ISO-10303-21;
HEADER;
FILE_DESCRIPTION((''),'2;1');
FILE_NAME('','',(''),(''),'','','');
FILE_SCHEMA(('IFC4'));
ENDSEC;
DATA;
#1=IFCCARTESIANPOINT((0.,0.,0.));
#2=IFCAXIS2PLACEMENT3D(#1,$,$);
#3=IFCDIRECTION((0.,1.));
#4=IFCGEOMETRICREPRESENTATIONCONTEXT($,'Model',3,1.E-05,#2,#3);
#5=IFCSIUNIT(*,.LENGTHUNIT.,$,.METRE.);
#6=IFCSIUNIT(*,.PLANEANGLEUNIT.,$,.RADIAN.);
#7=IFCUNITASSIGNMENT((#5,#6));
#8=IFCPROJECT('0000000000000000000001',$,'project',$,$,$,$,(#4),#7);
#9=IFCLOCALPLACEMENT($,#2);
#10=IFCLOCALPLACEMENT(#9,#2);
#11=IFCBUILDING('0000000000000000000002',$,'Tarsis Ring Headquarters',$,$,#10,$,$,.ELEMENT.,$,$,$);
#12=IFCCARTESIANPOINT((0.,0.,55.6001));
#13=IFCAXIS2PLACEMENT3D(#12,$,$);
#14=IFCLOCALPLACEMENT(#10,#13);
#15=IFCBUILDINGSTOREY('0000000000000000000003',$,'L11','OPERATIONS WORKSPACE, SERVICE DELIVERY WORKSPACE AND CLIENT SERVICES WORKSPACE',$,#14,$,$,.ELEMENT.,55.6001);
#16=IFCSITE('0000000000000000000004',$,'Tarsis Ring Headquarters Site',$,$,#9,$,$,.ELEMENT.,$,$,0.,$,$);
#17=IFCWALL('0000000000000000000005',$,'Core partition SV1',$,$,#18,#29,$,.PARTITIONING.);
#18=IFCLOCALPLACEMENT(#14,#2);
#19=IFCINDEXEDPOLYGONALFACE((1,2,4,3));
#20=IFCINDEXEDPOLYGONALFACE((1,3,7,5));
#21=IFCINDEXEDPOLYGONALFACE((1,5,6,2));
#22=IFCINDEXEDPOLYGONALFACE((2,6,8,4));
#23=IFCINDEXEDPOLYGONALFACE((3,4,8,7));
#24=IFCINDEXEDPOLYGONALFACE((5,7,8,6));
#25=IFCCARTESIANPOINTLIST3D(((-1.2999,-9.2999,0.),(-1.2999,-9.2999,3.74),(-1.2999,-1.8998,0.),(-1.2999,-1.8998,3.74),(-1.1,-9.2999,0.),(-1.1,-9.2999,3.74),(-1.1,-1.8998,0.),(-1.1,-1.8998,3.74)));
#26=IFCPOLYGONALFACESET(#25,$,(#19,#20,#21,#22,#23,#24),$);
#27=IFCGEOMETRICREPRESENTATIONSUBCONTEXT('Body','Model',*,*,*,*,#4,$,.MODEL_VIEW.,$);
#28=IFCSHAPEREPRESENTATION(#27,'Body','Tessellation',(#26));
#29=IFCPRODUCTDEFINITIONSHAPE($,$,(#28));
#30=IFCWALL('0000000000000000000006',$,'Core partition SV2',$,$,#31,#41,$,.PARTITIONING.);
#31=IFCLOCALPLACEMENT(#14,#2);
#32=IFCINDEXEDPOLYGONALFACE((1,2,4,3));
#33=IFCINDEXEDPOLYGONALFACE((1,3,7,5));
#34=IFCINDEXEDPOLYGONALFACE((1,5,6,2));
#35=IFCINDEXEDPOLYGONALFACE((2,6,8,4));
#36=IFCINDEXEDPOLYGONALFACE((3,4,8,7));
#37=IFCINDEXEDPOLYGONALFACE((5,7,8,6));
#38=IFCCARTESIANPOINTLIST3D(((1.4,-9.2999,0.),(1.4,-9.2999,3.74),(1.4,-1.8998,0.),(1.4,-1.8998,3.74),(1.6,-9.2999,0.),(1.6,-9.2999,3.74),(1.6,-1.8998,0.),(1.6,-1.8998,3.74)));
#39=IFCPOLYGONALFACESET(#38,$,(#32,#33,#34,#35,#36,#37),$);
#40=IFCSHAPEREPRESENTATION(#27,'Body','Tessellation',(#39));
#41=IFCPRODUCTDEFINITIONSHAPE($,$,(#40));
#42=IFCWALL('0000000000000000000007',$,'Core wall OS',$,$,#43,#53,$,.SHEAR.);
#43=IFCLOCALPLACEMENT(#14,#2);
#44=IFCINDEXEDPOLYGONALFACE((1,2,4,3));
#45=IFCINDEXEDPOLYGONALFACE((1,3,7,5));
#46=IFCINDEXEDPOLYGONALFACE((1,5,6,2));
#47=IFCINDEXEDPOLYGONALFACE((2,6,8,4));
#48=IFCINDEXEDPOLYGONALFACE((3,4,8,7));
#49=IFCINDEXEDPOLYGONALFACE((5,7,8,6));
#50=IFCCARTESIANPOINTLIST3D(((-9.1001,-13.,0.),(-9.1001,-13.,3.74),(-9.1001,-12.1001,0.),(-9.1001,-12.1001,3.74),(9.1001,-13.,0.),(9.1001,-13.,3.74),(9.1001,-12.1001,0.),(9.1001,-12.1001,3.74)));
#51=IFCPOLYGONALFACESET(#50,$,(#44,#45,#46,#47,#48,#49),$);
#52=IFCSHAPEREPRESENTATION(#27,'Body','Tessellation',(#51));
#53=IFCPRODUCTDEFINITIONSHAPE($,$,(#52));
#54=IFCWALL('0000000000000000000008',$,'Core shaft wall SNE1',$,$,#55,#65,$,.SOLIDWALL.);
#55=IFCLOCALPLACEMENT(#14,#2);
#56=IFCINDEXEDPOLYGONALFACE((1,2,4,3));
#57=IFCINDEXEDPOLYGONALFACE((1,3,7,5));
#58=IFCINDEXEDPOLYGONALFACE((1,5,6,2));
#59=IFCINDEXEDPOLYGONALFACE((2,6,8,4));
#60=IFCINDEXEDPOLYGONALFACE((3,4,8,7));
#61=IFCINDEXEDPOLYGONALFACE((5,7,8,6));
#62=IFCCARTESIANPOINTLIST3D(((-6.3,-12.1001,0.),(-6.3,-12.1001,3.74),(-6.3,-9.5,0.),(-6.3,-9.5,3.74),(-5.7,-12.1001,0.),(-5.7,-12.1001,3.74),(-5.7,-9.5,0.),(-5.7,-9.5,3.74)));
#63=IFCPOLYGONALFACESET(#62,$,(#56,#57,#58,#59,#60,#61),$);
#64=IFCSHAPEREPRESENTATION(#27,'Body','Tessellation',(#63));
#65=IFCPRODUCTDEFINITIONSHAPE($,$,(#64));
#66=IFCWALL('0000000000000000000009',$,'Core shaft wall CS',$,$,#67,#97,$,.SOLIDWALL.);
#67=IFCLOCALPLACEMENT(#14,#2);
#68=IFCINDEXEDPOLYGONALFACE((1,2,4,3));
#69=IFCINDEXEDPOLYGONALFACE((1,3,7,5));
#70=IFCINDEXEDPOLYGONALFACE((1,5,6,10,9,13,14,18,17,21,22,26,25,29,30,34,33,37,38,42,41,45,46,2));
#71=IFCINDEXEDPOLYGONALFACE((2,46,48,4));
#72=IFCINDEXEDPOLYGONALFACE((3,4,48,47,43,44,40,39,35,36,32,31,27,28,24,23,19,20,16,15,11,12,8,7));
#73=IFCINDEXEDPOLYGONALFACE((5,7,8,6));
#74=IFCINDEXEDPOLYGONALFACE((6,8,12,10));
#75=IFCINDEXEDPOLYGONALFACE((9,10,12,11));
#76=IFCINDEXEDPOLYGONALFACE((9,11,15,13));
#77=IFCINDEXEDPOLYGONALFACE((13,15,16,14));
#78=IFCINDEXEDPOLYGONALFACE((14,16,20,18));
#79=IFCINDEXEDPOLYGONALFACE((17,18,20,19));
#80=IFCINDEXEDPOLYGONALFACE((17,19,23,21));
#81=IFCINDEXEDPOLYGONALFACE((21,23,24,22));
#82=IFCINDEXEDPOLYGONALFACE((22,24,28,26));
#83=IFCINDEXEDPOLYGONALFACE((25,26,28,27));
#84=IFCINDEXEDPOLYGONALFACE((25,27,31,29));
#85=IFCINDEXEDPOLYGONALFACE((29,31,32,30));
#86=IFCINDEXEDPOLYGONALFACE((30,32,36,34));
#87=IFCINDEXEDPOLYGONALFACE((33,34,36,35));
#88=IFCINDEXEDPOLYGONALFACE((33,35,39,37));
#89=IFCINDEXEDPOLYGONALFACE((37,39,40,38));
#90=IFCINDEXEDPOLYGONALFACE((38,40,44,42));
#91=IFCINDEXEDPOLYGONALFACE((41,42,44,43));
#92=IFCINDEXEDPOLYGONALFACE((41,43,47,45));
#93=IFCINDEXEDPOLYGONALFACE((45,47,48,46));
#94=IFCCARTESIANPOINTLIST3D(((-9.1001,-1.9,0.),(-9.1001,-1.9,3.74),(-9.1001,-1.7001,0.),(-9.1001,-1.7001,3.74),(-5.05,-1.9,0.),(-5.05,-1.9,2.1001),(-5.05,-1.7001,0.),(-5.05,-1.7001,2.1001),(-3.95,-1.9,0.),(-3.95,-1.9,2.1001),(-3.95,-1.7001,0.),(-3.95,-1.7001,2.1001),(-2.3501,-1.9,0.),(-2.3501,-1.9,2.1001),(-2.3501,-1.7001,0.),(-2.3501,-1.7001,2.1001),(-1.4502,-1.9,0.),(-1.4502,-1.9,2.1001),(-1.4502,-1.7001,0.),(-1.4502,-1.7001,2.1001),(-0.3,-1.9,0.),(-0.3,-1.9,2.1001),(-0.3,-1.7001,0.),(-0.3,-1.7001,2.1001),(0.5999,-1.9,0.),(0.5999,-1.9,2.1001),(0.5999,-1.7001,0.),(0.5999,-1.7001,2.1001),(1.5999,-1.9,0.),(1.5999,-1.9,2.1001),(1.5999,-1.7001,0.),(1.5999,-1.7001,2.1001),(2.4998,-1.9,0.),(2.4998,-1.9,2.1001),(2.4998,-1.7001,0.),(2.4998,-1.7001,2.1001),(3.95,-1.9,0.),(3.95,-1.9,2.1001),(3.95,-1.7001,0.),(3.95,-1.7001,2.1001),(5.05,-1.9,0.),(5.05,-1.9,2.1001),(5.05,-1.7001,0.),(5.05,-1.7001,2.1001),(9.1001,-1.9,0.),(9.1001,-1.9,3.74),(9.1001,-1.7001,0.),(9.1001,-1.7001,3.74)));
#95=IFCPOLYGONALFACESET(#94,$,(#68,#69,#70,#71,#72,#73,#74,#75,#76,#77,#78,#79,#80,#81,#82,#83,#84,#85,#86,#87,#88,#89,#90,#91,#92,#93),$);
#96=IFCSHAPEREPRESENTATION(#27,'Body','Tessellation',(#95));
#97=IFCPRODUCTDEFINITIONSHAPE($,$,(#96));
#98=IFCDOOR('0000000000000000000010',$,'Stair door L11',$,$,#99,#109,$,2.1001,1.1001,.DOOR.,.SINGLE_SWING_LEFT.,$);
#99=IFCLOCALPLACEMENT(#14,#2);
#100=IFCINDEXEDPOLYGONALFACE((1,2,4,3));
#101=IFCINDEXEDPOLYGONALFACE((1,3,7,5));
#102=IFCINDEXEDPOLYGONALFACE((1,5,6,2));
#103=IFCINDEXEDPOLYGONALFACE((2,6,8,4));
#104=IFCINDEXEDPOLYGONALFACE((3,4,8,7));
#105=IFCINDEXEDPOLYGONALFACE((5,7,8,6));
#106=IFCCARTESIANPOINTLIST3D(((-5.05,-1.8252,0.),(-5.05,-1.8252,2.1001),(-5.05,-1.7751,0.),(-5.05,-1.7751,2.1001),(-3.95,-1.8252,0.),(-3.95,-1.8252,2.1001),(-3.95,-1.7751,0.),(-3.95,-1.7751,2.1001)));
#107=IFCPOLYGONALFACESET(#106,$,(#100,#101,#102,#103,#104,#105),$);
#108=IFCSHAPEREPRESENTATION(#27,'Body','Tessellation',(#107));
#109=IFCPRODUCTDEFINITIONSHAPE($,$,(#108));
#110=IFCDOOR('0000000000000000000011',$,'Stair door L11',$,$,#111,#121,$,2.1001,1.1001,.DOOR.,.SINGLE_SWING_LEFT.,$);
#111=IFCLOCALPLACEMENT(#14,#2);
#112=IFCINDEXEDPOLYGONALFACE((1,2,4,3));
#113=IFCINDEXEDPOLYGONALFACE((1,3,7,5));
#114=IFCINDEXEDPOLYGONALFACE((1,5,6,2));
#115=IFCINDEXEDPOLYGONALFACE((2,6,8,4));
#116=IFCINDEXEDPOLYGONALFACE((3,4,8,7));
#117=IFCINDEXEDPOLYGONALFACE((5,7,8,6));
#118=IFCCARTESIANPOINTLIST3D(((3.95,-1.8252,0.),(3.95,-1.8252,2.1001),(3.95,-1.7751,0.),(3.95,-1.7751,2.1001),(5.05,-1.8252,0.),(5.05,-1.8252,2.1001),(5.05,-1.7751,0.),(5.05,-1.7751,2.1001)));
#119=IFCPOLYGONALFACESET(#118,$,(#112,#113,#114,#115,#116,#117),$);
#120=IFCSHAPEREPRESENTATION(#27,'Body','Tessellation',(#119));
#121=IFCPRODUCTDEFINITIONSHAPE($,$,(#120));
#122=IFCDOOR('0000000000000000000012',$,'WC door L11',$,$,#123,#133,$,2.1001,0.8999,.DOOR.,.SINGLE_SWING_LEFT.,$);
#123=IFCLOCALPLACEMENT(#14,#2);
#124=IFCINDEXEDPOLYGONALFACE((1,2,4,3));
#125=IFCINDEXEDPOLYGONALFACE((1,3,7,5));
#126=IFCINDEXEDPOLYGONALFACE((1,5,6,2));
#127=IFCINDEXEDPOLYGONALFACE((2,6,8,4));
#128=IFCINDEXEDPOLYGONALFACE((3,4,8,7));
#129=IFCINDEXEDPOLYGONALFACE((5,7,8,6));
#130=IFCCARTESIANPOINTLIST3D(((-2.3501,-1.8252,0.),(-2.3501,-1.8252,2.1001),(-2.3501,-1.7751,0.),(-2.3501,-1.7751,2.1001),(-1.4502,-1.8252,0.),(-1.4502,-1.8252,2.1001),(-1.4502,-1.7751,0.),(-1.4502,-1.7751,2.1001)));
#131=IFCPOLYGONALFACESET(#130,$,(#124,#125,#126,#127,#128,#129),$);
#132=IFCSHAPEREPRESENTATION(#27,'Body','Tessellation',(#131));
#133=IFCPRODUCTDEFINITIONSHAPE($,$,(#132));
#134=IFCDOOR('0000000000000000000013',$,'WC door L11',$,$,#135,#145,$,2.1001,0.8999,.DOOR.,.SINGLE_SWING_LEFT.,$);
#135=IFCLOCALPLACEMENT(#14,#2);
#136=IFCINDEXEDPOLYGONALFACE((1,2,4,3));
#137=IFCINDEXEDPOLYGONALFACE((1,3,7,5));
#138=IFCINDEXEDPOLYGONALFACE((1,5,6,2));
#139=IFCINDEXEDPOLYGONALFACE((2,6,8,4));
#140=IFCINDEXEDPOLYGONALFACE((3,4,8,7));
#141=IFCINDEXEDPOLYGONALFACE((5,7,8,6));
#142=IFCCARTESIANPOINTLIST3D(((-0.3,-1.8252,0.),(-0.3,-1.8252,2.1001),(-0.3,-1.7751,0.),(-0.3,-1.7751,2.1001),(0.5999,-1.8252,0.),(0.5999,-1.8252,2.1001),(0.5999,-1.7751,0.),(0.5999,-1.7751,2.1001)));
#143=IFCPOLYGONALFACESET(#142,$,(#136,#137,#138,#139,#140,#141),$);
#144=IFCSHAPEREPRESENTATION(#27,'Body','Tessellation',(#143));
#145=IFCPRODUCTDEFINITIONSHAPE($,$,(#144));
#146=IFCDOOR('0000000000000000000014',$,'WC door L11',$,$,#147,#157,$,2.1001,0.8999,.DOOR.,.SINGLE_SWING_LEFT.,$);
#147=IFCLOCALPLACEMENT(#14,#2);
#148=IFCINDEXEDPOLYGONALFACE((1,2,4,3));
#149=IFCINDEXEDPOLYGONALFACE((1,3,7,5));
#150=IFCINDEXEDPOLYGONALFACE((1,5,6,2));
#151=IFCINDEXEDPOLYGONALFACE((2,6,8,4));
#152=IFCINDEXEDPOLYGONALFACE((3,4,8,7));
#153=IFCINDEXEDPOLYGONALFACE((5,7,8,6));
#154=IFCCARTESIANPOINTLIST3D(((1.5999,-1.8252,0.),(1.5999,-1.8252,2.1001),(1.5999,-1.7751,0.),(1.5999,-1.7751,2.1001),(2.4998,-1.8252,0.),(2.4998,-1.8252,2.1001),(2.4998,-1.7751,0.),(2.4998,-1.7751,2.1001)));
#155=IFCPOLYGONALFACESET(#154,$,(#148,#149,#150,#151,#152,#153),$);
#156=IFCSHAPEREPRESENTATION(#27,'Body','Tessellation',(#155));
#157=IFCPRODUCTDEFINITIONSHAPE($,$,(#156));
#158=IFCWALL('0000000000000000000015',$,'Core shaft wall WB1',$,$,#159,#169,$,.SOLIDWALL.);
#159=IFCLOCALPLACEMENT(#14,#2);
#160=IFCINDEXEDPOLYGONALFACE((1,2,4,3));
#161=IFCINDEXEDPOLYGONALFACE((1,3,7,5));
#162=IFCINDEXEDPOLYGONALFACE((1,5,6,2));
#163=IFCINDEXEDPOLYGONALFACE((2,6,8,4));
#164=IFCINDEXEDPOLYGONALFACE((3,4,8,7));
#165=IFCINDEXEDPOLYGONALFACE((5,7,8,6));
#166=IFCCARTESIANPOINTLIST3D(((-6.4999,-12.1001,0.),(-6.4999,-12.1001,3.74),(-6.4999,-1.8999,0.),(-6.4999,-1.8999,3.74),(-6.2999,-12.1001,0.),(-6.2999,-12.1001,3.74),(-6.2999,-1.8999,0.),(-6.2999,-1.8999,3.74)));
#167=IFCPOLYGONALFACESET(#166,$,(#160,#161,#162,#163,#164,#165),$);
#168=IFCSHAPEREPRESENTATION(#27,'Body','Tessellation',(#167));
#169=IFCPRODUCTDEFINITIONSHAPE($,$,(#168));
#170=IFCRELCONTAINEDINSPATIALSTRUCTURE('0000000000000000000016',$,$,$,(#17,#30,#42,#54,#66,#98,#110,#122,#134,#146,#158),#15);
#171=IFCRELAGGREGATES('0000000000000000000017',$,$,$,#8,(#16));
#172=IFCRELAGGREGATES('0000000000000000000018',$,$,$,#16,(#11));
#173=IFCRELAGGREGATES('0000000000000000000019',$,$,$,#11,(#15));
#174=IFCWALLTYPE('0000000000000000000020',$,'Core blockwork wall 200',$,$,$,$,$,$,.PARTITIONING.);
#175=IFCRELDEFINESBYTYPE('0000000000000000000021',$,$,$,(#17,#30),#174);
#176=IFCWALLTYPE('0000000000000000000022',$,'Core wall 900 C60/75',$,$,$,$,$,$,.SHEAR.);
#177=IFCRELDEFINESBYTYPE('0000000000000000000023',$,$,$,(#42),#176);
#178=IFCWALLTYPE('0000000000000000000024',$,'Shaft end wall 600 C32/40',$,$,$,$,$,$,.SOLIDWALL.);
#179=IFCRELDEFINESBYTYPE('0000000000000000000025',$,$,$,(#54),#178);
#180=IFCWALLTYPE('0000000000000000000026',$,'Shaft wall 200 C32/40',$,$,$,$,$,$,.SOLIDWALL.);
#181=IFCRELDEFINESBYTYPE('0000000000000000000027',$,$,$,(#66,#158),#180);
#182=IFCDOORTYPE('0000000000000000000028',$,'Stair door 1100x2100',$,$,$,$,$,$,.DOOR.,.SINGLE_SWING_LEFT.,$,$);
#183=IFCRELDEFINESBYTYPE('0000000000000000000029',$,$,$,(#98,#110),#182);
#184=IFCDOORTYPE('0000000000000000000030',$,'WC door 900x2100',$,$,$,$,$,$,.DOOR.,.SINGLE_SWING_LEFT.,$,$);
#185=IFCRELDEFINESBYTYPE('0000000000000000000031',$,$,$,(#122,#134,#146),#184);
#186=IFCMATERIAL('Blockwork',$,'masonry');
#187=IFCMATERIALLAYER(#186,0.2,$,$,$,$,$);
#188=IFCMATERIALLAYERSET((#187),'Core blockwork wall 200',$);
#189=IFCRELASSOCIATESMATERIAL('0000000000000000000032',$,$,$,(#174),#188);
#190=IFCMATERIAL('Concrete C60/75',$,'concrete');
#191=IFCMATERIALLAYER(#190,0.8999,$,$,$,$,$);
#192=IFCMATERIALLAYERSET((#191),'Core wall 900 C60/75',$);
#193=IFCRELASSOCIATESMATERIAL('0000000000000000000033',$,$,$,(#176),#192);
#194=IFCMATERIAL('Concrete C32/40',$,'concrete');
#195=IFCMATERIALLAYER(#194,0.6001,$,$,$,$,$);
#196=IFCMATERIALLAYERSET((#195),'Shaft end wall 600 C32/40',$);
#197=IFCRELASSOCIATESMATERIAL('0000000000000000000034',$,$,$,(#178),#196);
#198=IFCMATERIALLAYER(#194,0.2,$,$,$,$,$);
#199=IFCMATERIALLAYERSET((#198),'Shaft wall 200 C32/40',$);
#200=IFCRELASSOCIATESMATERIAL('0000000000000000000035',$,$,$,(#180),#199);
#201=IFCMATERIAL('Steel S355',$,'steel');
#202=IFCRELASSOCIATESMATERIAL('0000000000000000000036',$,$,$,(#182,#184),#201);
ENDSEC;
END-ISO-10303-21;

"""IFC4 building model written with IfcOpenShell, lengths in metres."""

from ifc_helpers import new_model, si_unit, direction, frame, frame_2d, origin, place, context, subcontext, project, spatial, rectangle, extrude, material, layer, layer_set, type_object, element, fill, save


model = new_model("IFC4")

# Units and contexts
model_context = context("Model", 3, precision=1e-05, world=origin(), true_north=direction((0.0, 1.0)))
body_context = subcontext(model_context, "Body", "Model", "MODEL_VIEW")
ifc_project = project(units=[si_unit("LENGTHUNIT", "METRE"), si_unit("PLANEANGLEUNIT", "RADIAN")], contexts=[model_context])

# Site, building, storey
site_placement = place(None, origin())
site = spatial("IfcSite", under=ifc_project, at=site_placement, Name="Tarsis Ring Headquarters Site", CompositionType="ELEMENT", RefElevation=0.0)
building_placement = place(site_placement, origin())
building = spatial("IfcBuilding", under=site, at=building_placement, Name="Tarsis Ring Headquarters", CompositionType="ELEMENT")
storey_placement = place(building_placement, frame((0.0, 0.0, 55.6001)))
storey = spatial("IfcBuildingStorey", under=building, at=storey_placement, Name="L11", Description="OPERATIONS WORKSPACE, SERVICE DELIVERY WORKSPACE AND CLIENT SERVICES WORKSPACE", CompositionType="ELEMENT", Elevation=55.6001)

# Walls
ifc_material_1 = material(Name="Blockwork", Category="masonry")
ifc_layer_1 = layer(ifc_material_1, 0.2)
ifc_layer_set_1 = layer_set([ifc_layer_1], Name="Core blockwork wall 200")
wall_type_1 = type_object("IfcWallType", Name="Core blockwork wall 200", PredefinedType="PARTITIONING", material=ifc_layer_set_1)
for number, where, z_axis, x_axis, name in (
    (1, (-1.2, -9.3, 0.0), (0.0, 0.0, 1.0), (0.0, 1.0, 0.0), "Core partition SV1"),
    (2, (1.5, -9.3, 0.0), (0.0, 0.0, 1.0), (0.0, 1.0, 0.0), "Core partition SV2"),
):
    element("IfcWall", number, at=place(storey_placement, frame(where, z_axis=z_axis, x_axis=x_axis)), inside=storey, type_object=wall_type_1, Name=name, PredefinedType="PARTITIONING", context=body_context, shape_type="SweptSolid", body=[
        extrude(rectangle(XDim=7.4001, YDim=0.2, at=frame_2d((3.7002, 0.0))), origin(), (0.0, 0.0, 1.0), 3.74),
    ])
ifc_material_2 = material(Name="Concrete C60/75", Category="concrete")
ifc_layer_2 = layer(ifc_material_2, 0.8999)
ifc_layer_set_2 = layer_set([ifc_layer_2], Name="Core wall 900 C60/75")
wall_type_2 = type_object("IfcWallType", Name="Core wall 900 C60/75", PredefinedType="SHEAR", material=ifc_layer_set_2)
wall_1_placement = place(storey_placement, frame((-9.1001, -12.55, 0.0), z_axis=(0.0, 0.0, 1.0), x_axis=(1.0, 0.0, 0.0)))
element("IfcWall", 3, at=wall_1_placement, inside=storey, type_object=wall_type_2, Name="Core wall OS", PredefinedType="SHEAR", context=body_context, shape_type="SweptSolid", body=[
    extrude(rectangle(XDim=18.2002, YDim=0.8999, at=frame_2d((9.1001, 0.0))), origin(), (0.0, 0.0, 1.0), 3.74),
])
ifc_material_3 = material(Name="Concrete C32/40", Category="concrete")
ifc_layer_3 = layer(ifc_material_3, 0.6001)
ifc_layer_set_3 = layer_set([ifc_layer_3], Name="Shaft end wall 600 C32/40")
wall_type_3 = type_object("IfcWallType", Name="Shaft end wall 600 C32/40", PredefinedType="SOLIDWALL", material=ifc_layer_set_3)
wall_2_placement = place(storey_placement, frame((-6.0, -12.1001, 0.0), z_axis=(0.0, 0.0, 1.0), x_axis=(0.0, 1.0, 0.0)))
element("IfcWall", 4, at=wall_2_placement, inside=storey, type_object=wall_type_3, Name="Core shaft wall SNE1", PredefinedType="SOLIDWALL", context=body_context, shape_type="SweptSolid", body=[
    extrude(rectangle(XDim=2.6001, YDim=0.6001, at=frame_2d((1.3, 0.0))), origin(), (0.0, 0.0, 1.0), 3.74),
])

# Wall, openings, doors
ifc_layer_4 = layer(ifc_material_3, 0.2)
ifc_layer_set_4 = layer_set([ifc_layer_4], Name="Shaft wall 200 C32/40")
wall_type_4 = type_object("IfcWallType", Name="Shaft wall 200 C32/40", PredefinedType="SOLIDWALL", material=ifc_layer_set_4)
wall_3_placement = place(storey_placement, frame((-9.1001, -1.8, 0.0), z_axis=(0.0, 0.0, 1.0), x_axis=(1.0, 0.0, 0.0)))
wall_3 = element("IfcWall", 5, at=wall_3_placement, inside=storey, type_object=wall_type_4, Name="Core shaft wall CS", PredefinedType="SOLIDWALL", context=body_context, shape_type="SweptSolid", body=[
    extrude(rectangle(XDim=18.2002, YDim=0.2, at=frame_2d((9.1001, 0.0))), origin(), (0.0, 0.0, 1.0), 3.74),
])
opening_1_placement = place(wall_3_placement, frame((4.05, 0.0, 0.0)))
opening_1 = element("IfcOpeningElement", 6, at=opening_1_placement, cuts=wall_3, PredefinedType="OPENING", context=body_context, shape_type="SweptSolid", body=[
    extrude(rectangle(XDim=1.1001, YDim=2.1001, at=frame_2d((0.55, 1.05))), frame((0.0, 0.1099, 0.0), z_axis=(0.0, -1.0, 0.0), x_axis=(1.0, 0.0, 0.0)), (0.0, 0.0, 1.0), 0.22),
])
opening_2_placement = place(wall_3_placement, frame((6.75, 0.0, 0.0)))
opening_2 = element("IfcOpeningElement", 7, at=opening_2_placement, cuts=wall_3, PredefinedType="OPENING", context=body_context, shape_type="SweptSolid", body=[
    extrude(rectangle(XDim=0.8999, YDim=2.1001, at=frame_2d((0.45, 1.05))), frame((0.0, 0.1099, 0.0), z_axis=(0.0, -1.0, 0.0), x_axis=(1.0, 0.0, 0.0)), (0.0, 0.0, 1.0), 0.22),
])
opening_3_placement = place(wall_3_placement, frame((8.8, 0.0, 0.0)))
opening_3 = element("IfcOpeningElement", 8, at=opening_3_placement, cuts=wall_3, PredefinedType="OPENING", context=body_context, shape_type="SweptSolid", body=[
    extrude(rectangle(XDim=0.8999, YDim=2.1001, at=frame_2d((0.45, 1.05))), frame((0.0, 0.1099, 0.0), z_axis=(0.0, -1.0, 0.0), x_axis=(1.0, 0.0, 0.0)), (0.0, 0.0, 1.0), 0.22),
])
opening_4_placement = place(wall_3_placement, frame((10.7, 0.0, 0.0)))
opening_4 = element("IfcOpeningElement", 9, at=opening_4_placement, cuts=wall_3, PredefinedType="OPENING", context=body_context, shape_type="SweptSolid", body=[
    extrude(rectangle(XDim=0.8999, YDim=2.1001, at=frame_2d((0.45, 1.05))), frame((0.0, 0.1099, 0.0), z_axis=(0.0, -1.0, 0.0), x_axis=(1.0, 0.0, 0.0)), (0.0, 0.0, 1.0), 0.22),
])
opening_5_placement = place(wall_3_placement, frame((13.05, 0.0, 0.0)))
opening_5 = element("IfcOpeningElement", 10, at=opening_5_placement, cuts=wall_3, PredefinedType="OPENING", context=body_context, shape_type="SweptSolid", body=[
    extrude(rectangle(XDim=1.1001, YDim=2.1001, at=frame_2d((0.55, 1.05))), frame((0.0, 0.1099, 0.0), z_axis=(0.0, -1.0, 0.0), x_axis=(1.0, 0.0, 0.0)), (0.0, 0.0, 1.0), 0.22),
])
ifc_material_4 = material(Name="Steel S355", Category="steel")
door_type_1 = type_object("IfcDoorType", Name="Stair door 1100x2100", OperationType="SINGLE_SWING_LEFT", PredefinedType="DOOR", material=ifc_material_4)
door_1_placement = place(opening_1_placement, origin())
door_1 = element("IfcDoor", 11, at=door_1_placement, inside=storey, type_object=door_type_1, Name="Stair door L11", OperationType="SINGLE_SWING_LEFT", OverallHeight=2.1001, OverallWidth=1.1001, PredefinedType="DOOR", context=body_context, shape_type="SweptSolid", body=[
    extrude(rectangle(XDim=1.1001, YDim=2.1001, at=frame_2d((0.55, 1.05))), frame((0.0, 0.0249, 0.0), z_axis=(0.0, -1.0, 0.0), x_axis=(1.0, 0.0, 0.0)), (0.0, 0.0, 1.0), 0.05),
])
fill(opening_1, door_1)
door_2_placement = place(opening_5_placement, origin())
door_2 = element("IfcDoor", 12, at=door_2_placement, inside=storey, type_object=door_type_1, Name="Stair door L11", OperationType="SINGLE_SWING_LEFT", OverallHeight=2.1001, OverallWidth=1.1001, PredefinedType="DOOR", context=body_context, shape_type="SweptSolid", body=[
    extrude(rectangle(XDim=1.1001, YDim=2.1001, at=frame_2d((0.55, 1.05))), frame((0.0, 0.0249, 0.0), z_axis=(0.0, -1.0, 0.0), x_axis=(1.0, 0.0, 0.0)), (0.0, 0.0, 1.0), 0.05),
])
fill(opening_5, door_2)
door_type_2 = type_object("IfcDoorType", Name="WC door 900x2100", OperationType="SINGLE_SWING_LEFT", PredefinedType="DOOR", material=ifc_material_4)
door_3_placement = place(opening_2_placement, origin())
door_3 = element("IfcDoor", 13, at=door_3_placement, inside=storey, type_object=door_type_2, Name="WC door L11", OperationType="SINGLE_SWING_LEFT", OverallHeight=2.1001, OverallWidth=0.8999, PredefinedType="DOOR", context=body_context, shape_type="SweptSolid", body=[
    extrude(rectangle(XDim=0.8999, YDim=2.1001, at=frame_2d((0.45, 1.05))), frame((0.0, 0.0249, 0.0), z_axis=(0.0, -1.0, 0.0), x_axis=(1.0, 0.0, 0.0)), (0.0, 0.0, 1.0), 0.05),
])
fill(opening_2, door_3)
door_4_placement = place(opening_3_placement, origin())
door_4 = element("IfcDoor", 14, at=door_4_placement, inside=storey, type_object=door_type_2, Name="WC door L11", OperationType="SINGLE_SWING_LEFT", OverallHeight=2.1001, OverallWidth=0.8999, PredefinedType="DOOR", context=body_context, shape_type="SweptSolid", body=[
    extrude(rectangle(XDim=0.8999, YDim=2.1001, at=frame_2d((0.45, 1.05))), frame((0.0, 0.0249, 0.0), z_axis=(0.0, -1.0, 0.0), x_axis=(1.0, 0.0, 0.0)), (0.0, 0.0, 1.0), 0.05),
])
fill(opening_3, door_4)
door_5_placement = place(opening_4_placement, origin())
door_5 = element("IfcDoor", 15, at=door_5_placement, inside=storey, type_object=door_type_2, Name="WC door L11", OperationType="SINGLE_SWING_LEFT", OverallHeight=2.1001, OverallWidth=0.8999, PredefinedType="DOOR", context=body_context, shape_type="SweptSolid", body=[
    extrude(rectangle(XDim=0.8999, YDim=2.1001, at=frame_2d((0.45, 1.05))), frame((0.0, 0.0249, 0.0), z_axis=(0.0, -1.0, 0.0), x_axis=(1.0, 0.0, 0.0)), (0.0, 0.0, 1.0), 0.05),
])
fill(opening_4, door_5)

# Wall
wall_4_placement = place(storey_placement, frame((-6.3999, -12.1001, 0.0), z_axis=(0.0, 0.0, 1.0), x_axis=(0.0, 1.0, 0.0)))
element("IfcWall", 16, at=wall_4_placement, inside=storey, type_object=wall_type_4, Name="Core shaft wall WB1", PredefinedType="SOLIDWALL", context=body_context, shape_type="SweptSolid", body=[
    extrude(rectangle(XDim=10.2002, YDim=0.2, at=frame_2d((5.1001, 0.0))), origin(), (0.0, 0.0, 1.0), 3.74),
])

save(model, "model.ifc")
